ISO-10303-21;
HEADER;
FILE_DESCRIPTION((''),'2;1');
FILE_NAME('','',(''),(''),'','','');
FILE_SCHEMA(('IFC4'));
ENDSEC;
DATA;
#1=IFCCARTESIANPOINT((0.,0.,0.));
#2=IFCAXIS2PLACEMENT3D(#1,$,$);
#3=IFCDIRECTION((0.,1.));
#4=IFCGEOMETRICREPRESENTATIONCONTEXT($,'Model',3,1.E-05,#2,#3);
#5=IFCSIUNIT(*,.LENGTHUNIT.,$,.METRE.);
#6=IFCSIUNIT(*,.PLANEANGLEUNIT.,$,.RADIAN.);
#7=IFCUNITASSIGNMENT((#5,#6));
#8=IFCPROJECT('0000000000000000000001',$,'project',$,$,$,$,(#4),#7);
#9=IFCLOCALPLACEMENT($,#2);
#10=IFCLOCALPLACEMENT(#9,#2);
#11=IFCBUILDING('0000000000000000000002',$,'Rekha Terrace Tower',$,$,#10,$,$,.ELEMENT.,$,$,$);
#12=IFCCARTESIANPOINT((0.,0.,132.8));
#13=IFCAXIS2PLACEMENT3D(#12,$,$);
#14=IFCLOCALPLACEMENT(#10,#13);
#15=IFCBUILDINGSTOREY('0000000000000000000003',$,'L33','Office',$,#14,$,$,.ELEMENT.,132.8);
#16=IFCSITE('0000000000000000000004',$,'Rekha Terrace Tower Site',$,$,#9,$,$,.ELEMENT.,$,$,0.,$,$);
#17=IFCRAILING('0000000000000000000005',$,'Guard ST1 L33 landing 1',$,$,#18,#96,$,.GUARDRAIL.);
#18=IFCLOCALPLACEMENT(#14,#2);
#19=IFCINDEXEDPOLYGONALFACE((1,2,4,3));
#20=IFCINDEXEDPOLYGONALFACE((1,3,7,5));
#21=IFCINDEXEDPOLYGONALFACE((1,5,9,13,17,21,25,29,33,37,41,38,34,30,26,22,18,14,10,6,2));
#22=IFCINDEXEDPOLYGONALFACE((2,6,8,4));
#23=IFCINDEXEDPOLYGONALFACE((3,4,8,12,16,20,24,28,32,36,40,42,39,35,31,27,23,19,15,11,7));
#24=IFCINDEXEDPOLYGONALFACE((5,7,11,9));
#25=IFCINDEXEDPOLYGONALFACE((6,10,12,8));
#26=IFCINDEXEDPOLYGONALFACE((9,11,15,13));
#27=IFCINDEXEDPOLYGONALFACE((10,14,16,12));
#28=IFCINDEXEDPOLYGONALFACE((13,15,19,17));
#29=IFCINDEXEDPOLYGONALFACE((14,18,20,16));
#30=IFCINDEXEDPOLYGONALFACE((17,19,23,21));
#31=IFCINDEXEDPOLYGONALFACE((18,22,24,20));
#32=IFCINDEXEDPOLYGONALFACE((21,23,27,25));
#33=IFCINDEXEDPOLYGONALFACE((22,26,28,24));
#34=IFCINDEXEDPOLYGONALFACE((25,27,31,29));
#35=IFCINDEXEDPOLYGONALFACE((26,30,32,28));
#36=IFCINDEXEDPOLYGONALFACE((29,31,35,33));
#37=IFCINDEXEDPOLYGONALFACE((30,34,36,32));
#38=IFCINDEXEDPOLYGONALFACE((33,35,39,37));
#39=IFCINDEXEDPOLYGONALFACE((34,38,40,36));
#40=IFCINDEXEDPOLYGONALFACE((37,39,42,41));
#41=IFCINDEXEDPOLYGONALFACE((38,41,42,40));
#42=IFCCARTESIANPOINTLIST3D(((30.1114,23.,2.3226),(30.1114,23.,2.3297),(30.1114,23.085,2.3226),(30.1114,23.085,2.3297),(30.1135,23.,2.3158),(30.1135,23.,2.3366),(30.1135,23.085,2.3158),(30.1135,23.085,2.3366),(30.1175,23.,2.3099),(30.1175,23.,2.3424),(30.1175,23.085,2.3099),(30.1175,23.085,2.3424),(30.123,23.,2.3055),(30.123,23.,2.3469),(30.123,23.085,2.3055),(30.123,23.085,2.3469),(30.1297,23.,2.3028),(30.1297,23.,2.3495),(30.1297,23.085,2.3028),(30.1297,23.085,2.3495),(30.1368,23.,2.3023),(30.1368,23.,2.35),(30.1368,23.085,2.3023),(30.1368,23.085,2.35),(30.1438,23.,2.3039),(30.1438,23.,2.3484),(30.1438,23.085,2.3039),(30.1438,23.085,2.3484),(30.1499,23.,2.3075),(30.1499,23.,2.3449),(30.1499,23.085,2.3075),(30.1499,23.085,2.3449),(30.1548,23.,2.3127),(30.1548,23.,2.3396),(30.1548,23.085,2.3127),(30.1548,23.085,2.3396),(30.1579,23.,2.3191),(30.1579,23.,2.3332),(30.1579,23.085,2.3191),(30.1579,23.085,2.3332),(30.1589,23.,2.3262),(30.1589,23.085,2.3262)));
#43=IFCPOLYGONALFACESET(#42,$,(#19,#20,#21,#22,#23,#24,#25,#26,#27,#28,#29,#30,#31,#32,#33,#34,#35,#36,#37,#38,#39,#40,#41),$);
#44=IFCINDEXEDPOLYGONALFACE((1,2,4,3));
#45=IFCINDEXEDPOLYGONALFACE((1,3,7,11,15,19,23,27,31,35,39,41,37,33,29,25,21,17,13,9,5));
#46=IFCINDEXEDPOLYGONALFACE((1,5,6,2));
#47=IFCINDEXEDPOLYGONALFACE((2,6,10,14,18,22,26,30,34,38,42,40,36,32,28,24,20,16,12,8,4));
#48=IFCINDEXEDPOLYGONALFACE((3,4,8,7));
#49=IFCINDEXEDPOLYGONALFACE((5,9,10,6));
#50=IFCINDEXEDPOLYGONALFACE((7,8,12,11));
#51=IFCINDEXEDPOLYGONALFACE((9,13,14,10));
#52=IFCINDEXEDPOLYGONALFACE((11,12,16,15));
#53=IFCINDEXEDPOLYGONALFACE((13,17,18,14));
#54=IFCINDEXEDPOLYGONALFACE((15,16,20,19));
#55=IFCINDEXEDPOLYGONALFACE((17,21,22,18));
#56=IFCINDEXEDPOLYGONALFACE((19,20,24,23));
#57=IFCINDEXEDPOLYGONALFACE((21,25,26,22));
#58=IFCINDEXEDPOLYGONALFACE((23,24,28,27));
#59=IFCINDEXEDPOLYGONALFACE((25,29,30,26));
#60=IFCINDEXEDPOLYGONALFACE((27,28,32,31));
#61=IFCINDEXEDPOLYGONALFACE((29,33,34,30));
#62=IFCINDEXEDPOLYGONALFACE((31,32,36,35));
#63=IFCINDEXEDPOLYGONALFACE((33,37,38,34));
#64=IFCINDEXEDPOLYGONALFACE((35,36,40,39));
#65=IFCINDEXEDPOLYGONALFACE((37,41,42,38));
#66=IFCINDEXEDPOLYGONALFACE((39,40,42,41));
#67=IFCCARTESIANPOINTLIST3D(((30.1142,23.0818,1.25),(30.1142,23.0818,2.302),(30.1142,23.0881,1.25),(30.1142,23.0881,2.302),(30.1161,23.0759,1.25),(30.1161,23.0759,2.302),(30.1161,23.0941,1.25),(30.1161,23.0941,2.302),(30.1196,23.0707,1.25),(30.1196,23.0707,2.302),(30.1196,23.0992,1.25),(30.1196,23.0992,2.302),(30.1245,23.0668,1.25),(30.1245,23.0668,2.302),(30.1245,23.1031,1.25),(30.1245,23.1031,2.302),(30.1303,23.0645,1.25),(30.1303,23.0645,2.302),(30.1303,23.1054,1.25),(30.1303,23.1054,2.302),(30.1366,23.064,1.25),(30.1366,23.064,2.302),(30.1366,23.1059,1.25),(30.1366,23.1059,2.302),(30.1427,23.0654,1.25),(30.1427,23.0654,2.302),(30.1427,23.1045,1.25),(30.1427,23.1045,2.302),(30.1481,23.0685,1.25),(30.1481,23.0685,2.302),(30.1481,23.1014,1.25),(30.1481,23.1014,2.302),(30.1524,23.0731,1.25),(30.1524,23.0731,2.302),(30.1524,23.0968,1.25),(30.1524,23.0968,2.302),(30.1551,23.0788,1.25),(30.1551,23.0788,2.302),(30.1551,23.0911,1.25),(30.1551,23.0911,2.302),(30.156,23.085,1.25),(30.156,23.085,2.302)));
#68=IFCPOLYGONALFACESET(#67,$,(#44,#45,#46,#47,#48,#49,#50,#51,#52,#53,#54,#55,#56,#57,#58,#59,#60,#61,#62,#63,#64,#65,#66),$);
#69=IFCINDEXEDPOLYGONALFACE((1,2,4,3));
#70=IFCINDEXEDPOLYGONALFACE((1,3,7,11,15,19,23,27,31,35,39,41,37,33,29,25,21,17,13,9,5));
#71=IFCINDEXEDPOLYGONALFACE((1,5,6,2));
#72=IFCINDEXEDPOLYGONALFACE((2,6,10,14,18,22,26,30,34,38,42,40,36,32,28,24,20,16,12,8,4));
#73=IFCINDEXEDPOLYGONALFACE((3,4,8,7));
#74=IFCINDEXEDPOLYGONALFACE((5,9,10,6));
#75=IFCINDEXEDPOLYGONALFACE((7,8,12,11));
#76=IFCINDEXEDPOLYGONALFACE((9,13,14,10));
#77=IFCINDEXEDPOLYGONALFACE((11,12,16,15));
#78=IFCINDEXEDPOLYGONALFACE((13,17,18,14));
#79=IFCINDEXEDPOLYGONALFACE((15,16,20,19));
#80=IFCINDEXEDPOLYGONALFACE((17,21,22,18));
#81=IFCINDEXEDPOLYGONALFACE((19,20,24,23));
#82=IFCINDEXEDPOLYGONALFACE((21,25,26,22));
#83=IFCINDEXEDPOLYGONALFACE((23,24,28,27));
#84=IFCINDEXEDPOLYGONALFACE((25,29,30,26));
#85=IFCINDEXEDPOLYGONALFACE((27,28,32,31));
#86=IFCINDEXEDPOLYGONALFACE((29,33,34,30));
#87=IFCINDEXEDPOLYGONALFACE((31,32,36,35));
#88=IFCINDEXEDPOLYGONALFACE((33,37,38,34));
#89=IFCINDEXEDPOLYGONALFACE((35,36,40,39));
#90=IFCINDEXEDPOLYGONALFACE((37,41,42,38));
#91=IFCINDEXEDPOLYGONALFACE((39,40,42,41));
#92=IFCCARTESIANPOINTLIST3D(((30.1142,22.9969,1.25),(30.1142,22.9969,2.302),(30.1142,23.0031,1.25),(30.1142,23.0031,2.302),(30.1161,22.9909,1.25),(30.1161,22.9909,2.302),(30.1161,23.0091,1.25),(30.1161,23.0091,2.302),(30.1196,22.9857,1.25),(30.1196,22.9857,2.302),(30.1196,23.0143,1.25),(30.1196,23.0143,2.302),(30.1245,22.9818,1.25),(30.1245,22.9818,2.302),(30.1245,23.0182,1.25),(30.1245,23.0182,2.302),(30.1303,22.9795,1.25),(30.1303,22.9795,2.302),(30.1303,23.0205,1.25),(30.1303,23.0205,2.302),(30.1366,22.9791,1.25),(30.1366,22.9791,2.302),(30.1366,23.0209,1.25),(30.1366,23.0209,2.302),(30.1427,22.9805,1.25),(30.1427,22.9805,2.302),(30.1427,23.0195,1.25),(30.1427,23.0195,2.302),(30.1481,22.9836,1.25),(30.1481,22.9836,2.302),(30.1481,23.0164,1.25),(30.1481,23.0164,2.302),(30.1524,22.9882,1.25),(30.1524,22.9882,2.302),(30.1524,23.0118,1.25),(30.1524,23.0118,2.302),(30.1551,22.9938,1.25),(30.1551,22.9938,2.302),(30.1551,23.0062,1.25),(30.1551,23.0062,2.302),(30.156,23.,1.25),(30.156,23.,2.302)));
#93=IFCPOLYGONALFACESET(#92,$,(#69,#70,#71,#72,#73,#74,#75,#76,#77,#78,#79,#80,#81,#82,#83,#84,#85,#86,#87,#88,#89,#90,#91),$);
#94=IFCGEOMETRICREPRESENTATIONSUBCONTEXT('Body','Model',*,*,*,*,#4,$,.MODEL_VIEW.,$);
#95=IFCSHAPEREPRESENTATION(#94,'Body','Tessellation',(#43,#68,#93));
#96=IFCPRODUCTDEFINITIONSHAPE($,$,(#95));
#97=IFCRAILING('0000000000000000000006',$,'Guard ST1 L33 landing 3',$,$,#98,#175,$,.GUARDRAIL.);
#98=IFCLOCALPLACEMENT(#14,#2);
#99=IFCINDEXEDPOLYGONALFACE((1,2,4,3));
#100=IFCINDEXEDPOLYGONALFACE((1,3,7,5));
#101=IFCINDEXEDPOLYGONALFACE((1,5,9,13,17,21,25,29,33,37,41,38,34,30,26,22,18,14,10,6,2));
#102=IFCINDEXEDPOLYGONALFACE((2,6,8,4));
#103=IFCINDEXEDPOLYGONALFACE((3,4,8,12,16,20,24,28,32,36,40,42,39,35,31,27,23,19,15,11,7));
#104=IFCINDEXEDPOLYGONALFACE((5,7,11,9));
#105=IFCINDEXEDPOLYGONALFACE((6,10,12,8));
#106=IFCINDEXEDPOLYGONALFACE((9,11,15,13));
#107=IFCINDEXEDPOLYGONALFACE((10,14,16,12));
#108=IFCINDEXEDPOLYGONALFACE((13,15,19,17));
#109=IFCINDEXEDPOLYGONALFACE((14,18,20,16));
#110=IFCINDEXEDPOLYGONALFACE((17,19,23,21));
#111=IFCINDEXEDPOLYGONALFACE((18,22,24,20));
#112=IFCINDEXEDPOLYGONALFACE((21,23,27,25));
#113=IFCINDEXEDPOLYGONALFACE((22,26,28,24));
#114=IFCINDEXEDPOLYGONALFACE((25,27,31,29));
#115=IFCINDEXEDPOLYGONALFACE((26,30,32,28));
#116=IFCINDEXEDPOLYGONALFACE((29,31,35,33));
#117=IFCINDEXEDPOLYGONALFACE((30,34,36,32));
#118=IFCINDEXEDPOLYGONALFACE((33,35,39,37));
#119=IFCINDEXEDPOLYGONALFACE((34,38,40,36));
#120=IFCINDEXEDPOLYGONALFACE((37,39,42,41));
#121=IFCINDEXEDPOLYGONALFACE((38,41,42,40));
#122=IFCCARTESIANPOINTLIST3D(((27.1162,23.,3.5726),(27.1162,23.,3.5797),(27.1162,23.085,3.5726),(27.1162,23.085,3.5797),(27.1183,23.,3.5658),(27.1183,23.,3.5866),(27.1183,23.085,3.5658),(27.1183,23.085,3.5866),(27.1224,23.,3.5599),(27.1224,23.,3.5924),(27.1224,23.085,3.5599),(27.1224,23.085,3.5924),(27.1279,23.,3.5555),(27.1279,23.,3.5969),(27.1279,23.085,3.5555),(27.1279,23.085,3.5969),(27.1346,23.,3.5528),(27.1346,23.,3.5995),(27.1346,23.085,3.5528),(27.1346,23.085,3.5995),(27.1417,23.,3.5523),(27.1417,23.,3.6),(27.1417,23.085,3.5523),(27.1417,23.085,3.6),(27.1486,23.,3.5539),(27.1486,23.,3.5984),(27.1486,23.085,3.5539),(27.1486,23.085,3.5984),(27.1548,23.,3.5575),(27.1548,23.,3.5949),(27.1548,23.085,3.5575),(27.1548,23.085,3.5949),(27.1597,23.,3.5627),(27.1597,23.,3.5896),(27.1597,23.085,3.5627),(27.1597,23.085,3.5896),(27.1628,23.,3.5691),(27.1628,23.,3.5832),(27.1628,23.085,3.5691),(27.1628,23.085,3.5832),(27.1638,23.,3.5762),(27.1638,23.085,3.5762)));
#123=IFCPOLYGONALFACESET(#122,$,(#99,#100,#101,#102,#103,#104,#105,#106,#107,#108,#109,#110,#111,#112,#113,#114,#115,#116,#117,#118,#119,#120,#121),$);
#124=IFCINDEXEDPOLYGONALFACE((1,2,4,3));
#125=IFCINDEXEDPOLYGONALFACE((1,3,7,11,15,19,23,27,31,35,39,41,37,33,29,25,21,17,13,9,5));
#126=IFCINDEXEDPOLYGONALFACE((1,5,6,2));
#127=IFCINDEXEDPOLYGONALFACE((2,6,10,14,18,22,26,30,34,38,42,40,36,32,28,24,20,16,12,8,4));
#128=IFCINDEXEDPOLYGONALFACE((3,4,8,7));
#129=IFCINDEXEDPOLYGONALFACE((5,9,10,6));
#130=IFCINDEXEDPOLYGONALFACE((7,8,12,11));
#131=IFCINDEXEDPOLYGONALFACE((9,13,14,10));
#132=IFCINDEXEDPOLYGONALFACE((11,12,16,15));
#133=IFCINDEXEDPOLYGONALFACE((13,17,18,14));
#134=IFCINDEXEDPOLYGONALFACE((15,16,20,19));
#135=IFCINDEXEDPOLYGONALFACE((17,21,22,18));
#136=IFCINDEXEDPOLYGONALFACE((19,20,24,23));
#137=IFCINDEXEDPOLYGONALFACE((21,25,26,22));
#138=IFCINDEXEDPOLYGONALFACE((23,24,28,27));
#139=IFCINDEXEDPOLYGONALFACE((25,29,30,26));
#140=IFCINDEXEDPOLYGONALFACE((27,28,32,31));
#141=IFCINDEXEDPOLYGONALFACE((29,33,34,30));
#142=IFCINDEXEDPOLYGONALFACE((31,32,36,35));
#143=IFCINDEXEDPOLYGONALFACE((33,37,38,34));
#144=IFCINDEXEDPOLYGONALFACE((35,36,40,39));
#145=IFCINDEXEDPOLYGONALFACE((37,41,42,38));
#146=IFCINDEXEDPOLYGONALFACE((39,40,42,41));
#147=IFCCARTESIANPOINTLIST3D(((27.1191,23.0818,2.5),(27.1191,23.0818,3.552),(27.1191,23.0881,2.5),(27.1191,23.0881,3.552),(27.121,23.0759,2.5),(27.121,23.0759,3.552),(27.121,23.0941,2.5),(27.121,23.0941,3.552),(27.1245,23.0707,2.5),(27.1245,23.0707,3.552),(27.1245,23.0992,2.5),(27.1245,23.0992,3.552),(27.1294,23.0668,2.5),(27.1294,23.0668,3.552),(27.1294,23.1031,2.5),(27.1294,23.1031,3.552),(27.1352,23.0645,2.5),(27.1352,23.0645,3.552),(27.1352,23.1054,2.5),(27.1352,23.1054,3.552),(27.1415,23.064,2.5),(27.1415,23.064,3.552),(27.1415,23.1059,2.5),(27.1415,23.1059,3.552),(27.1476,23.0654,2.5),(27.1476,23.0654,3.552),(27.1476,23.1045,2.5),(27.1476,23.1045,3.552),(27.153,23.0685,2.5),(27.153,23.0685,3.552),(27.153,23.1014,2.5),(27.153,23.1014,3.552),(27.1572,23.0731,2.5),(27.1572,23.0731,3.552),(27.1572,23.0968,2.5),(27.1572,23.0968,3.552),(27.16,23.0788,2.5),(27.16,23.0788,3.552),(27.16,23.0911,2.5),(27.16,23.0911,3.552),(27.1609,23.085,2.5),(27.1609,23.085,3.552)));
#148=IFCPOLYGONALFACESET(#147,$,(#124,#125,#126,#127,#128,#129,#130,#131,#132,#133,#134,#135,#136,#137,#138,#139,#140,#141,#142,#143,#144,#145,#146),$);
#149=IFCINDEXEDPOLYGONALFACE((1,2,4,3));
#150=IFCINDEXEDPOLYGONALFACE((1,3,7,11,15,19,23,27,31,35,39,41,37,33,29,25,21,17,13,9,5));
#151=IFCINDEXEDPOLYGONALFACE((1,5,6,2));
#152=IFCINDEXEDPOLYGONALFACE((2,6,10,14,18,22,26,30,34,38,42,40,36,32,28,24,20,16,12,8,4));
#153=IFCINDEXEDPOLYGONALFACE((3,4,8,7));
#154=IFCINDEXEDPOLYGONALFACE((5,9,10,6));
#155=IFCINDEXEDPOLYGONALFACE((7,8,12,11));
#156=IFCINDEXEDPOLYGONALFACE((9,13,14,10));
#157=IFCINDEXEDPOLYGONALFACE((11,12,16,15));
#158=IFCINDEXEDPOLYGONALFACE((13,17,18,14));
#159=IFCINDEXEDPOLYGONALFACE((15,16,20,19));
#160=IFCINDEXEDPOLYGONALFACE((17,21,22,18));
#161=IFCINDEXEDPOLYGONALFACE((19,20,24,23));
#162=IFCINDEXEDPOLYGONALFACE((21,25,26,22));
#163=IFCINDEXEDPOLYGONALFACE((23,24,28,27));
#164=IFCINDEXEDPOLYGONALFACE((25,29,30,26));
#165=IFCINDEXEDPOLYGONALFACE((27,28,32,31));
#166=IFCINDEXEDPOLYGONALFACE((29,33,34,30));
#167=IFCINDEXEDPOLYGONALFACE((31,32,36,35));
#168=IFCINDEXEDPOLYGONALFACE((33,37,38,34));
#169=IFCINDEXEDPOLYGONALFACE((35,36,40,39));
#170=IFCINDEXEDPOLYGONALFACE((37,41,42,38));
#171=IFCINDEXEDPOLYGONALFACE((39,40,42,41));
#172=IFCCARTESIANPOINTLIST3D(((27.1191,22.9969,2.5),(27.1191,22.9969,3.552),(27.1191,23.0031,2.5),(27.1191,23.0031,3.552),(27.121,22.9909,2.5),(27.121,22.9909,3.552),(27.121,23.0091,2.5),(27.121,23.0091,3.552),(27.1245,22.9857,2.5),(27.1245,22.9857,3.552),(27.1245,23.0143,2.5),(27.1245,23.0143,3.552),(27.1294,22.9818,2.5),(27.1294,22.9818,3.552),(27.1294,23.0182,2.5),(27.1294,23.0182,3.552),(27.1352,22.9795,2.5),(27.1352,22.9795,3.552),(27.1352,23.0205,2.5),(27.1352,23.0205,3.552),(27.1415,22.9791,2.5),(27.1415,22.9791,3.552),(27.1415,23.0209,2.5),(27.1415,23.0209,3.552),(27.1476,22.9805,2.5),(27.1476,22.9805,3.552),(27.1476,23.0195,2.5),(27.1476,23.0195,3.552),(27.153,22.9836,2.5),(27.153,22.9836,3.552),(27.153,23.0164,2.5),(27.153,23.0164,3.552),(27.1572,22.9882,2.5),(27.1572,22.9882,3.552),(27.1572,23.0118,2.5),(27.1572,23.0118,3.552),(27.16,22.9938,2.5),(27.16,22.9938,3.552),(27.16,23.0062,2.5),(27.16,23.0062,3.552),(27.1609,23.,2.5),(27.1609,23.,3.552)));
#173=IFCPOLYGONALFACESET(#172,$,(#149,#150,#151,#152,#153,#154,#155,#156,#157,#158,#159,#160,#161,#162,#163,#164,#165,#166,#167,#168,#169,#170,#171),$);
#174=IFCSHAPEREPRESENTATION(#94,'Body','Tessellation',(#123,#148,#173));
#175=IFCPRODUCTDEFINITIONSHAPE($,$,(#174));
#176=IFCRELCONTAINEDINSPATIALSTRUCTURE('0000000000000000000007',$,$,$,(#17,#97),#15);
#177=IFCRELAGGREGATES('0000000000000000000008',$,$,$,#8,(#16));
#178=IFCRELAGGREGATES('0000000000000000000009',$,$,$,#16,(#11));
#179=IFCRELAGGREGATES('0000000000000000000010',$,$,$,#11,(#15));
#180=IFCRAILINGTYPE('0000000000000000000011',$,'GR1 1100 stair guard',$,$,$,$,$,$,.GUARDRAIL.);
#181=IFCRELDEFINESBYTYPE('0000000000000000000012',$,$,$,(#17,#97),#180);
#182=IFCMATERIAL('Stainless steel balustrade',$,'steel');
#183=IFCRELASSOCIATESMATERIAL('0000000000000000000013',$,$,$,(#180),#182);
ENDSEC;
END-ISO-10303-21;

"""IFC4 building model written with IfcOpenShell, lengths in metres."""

from ifc_helpers import new_model, si_unit, direction, frame, origin, origin_2d, place, context, subcontext, project, spatial, circle, extrude, material, type_object, element, save


model = new_model("IFC4")

# Units and contexts
model_context = context("Model", 3, precision=1e-05, world=origin(), true_north=direction((0.0, 1.0)))
body_context = subcontext(model_context, "Body", "Model", "MODEL_VIEW")
ifc_project = project(units=[si_unit("LENGTHUNIT", "METRE"), si_unit("PLANEANGLEUNIT", "RADIAN")], contexts=[model_context])

# Site, building, storey
site_placement = place(None, origin())
site = spatial("IfcSite", under=ifc_project, at=site_placement, Name="Rekha Terrace Tower Site", CompositionType="ELEMENT", RefElevation=0.0)
building_placement = place(site_placement, origin())
building = spatial("IfcBuilding", under=site, at=building_placement, Name="Rekha Terrace Tower", CompositionType="ELEMENT")
storey_placement = place(building_placement, frame((0.0, 0.0, 132.8)))
storey = spatial("IfcBuildingStorey", under=building, at=storey_placement, Name="L33", Description="Office", CompositionType="ELEMENT", Elevation=132.8)

# Railings
ifc_material_1 = material(Name="Stainless steel balustrade", Category="steel")
railing_type_1 = type_object("IfcRailingType", Name="GR1 1100 stair guard", PredefinedType="GUARDRAIL", material=ifc_material_1)
for number, where, name in (
    (1, (30.135, 23.085, 1.25), "Guard ST1 L33 landing 1"),
    (2, (27.1399, 23.085, 2.5), "Guard ST1 L33 landing 3"),
):
    element("IfcRailing", number, at=place(storey_placement, frame(where)), inside=storey, type_object=railing_type_1, Name=name, PredefinedType="GUARDRAIL", context=body_context, shape_type="SweptSolid", body=[
        extrude(circle(Radius=0.0239, at=origin_2d()), frame((0.0, 0.0, 1.0762), z_axis=(0.0, -1.0, 0.0), x_axis=(1.0, 0.0, 0.0)), (0.0, 0.0, 1.0), 0.085),
        extrude(circle(Radius=0.021, at=origin_2d()), origin(), (0.0, 0.0, 1.0), 1.052),
        extrude(circle(Radius=0.021, at=origin_2d()), frame((0.0, -0.085, 0.0)), (0.0, 0.0, 1.0), 1.052),
    ])

save(model, "model.ifc")
